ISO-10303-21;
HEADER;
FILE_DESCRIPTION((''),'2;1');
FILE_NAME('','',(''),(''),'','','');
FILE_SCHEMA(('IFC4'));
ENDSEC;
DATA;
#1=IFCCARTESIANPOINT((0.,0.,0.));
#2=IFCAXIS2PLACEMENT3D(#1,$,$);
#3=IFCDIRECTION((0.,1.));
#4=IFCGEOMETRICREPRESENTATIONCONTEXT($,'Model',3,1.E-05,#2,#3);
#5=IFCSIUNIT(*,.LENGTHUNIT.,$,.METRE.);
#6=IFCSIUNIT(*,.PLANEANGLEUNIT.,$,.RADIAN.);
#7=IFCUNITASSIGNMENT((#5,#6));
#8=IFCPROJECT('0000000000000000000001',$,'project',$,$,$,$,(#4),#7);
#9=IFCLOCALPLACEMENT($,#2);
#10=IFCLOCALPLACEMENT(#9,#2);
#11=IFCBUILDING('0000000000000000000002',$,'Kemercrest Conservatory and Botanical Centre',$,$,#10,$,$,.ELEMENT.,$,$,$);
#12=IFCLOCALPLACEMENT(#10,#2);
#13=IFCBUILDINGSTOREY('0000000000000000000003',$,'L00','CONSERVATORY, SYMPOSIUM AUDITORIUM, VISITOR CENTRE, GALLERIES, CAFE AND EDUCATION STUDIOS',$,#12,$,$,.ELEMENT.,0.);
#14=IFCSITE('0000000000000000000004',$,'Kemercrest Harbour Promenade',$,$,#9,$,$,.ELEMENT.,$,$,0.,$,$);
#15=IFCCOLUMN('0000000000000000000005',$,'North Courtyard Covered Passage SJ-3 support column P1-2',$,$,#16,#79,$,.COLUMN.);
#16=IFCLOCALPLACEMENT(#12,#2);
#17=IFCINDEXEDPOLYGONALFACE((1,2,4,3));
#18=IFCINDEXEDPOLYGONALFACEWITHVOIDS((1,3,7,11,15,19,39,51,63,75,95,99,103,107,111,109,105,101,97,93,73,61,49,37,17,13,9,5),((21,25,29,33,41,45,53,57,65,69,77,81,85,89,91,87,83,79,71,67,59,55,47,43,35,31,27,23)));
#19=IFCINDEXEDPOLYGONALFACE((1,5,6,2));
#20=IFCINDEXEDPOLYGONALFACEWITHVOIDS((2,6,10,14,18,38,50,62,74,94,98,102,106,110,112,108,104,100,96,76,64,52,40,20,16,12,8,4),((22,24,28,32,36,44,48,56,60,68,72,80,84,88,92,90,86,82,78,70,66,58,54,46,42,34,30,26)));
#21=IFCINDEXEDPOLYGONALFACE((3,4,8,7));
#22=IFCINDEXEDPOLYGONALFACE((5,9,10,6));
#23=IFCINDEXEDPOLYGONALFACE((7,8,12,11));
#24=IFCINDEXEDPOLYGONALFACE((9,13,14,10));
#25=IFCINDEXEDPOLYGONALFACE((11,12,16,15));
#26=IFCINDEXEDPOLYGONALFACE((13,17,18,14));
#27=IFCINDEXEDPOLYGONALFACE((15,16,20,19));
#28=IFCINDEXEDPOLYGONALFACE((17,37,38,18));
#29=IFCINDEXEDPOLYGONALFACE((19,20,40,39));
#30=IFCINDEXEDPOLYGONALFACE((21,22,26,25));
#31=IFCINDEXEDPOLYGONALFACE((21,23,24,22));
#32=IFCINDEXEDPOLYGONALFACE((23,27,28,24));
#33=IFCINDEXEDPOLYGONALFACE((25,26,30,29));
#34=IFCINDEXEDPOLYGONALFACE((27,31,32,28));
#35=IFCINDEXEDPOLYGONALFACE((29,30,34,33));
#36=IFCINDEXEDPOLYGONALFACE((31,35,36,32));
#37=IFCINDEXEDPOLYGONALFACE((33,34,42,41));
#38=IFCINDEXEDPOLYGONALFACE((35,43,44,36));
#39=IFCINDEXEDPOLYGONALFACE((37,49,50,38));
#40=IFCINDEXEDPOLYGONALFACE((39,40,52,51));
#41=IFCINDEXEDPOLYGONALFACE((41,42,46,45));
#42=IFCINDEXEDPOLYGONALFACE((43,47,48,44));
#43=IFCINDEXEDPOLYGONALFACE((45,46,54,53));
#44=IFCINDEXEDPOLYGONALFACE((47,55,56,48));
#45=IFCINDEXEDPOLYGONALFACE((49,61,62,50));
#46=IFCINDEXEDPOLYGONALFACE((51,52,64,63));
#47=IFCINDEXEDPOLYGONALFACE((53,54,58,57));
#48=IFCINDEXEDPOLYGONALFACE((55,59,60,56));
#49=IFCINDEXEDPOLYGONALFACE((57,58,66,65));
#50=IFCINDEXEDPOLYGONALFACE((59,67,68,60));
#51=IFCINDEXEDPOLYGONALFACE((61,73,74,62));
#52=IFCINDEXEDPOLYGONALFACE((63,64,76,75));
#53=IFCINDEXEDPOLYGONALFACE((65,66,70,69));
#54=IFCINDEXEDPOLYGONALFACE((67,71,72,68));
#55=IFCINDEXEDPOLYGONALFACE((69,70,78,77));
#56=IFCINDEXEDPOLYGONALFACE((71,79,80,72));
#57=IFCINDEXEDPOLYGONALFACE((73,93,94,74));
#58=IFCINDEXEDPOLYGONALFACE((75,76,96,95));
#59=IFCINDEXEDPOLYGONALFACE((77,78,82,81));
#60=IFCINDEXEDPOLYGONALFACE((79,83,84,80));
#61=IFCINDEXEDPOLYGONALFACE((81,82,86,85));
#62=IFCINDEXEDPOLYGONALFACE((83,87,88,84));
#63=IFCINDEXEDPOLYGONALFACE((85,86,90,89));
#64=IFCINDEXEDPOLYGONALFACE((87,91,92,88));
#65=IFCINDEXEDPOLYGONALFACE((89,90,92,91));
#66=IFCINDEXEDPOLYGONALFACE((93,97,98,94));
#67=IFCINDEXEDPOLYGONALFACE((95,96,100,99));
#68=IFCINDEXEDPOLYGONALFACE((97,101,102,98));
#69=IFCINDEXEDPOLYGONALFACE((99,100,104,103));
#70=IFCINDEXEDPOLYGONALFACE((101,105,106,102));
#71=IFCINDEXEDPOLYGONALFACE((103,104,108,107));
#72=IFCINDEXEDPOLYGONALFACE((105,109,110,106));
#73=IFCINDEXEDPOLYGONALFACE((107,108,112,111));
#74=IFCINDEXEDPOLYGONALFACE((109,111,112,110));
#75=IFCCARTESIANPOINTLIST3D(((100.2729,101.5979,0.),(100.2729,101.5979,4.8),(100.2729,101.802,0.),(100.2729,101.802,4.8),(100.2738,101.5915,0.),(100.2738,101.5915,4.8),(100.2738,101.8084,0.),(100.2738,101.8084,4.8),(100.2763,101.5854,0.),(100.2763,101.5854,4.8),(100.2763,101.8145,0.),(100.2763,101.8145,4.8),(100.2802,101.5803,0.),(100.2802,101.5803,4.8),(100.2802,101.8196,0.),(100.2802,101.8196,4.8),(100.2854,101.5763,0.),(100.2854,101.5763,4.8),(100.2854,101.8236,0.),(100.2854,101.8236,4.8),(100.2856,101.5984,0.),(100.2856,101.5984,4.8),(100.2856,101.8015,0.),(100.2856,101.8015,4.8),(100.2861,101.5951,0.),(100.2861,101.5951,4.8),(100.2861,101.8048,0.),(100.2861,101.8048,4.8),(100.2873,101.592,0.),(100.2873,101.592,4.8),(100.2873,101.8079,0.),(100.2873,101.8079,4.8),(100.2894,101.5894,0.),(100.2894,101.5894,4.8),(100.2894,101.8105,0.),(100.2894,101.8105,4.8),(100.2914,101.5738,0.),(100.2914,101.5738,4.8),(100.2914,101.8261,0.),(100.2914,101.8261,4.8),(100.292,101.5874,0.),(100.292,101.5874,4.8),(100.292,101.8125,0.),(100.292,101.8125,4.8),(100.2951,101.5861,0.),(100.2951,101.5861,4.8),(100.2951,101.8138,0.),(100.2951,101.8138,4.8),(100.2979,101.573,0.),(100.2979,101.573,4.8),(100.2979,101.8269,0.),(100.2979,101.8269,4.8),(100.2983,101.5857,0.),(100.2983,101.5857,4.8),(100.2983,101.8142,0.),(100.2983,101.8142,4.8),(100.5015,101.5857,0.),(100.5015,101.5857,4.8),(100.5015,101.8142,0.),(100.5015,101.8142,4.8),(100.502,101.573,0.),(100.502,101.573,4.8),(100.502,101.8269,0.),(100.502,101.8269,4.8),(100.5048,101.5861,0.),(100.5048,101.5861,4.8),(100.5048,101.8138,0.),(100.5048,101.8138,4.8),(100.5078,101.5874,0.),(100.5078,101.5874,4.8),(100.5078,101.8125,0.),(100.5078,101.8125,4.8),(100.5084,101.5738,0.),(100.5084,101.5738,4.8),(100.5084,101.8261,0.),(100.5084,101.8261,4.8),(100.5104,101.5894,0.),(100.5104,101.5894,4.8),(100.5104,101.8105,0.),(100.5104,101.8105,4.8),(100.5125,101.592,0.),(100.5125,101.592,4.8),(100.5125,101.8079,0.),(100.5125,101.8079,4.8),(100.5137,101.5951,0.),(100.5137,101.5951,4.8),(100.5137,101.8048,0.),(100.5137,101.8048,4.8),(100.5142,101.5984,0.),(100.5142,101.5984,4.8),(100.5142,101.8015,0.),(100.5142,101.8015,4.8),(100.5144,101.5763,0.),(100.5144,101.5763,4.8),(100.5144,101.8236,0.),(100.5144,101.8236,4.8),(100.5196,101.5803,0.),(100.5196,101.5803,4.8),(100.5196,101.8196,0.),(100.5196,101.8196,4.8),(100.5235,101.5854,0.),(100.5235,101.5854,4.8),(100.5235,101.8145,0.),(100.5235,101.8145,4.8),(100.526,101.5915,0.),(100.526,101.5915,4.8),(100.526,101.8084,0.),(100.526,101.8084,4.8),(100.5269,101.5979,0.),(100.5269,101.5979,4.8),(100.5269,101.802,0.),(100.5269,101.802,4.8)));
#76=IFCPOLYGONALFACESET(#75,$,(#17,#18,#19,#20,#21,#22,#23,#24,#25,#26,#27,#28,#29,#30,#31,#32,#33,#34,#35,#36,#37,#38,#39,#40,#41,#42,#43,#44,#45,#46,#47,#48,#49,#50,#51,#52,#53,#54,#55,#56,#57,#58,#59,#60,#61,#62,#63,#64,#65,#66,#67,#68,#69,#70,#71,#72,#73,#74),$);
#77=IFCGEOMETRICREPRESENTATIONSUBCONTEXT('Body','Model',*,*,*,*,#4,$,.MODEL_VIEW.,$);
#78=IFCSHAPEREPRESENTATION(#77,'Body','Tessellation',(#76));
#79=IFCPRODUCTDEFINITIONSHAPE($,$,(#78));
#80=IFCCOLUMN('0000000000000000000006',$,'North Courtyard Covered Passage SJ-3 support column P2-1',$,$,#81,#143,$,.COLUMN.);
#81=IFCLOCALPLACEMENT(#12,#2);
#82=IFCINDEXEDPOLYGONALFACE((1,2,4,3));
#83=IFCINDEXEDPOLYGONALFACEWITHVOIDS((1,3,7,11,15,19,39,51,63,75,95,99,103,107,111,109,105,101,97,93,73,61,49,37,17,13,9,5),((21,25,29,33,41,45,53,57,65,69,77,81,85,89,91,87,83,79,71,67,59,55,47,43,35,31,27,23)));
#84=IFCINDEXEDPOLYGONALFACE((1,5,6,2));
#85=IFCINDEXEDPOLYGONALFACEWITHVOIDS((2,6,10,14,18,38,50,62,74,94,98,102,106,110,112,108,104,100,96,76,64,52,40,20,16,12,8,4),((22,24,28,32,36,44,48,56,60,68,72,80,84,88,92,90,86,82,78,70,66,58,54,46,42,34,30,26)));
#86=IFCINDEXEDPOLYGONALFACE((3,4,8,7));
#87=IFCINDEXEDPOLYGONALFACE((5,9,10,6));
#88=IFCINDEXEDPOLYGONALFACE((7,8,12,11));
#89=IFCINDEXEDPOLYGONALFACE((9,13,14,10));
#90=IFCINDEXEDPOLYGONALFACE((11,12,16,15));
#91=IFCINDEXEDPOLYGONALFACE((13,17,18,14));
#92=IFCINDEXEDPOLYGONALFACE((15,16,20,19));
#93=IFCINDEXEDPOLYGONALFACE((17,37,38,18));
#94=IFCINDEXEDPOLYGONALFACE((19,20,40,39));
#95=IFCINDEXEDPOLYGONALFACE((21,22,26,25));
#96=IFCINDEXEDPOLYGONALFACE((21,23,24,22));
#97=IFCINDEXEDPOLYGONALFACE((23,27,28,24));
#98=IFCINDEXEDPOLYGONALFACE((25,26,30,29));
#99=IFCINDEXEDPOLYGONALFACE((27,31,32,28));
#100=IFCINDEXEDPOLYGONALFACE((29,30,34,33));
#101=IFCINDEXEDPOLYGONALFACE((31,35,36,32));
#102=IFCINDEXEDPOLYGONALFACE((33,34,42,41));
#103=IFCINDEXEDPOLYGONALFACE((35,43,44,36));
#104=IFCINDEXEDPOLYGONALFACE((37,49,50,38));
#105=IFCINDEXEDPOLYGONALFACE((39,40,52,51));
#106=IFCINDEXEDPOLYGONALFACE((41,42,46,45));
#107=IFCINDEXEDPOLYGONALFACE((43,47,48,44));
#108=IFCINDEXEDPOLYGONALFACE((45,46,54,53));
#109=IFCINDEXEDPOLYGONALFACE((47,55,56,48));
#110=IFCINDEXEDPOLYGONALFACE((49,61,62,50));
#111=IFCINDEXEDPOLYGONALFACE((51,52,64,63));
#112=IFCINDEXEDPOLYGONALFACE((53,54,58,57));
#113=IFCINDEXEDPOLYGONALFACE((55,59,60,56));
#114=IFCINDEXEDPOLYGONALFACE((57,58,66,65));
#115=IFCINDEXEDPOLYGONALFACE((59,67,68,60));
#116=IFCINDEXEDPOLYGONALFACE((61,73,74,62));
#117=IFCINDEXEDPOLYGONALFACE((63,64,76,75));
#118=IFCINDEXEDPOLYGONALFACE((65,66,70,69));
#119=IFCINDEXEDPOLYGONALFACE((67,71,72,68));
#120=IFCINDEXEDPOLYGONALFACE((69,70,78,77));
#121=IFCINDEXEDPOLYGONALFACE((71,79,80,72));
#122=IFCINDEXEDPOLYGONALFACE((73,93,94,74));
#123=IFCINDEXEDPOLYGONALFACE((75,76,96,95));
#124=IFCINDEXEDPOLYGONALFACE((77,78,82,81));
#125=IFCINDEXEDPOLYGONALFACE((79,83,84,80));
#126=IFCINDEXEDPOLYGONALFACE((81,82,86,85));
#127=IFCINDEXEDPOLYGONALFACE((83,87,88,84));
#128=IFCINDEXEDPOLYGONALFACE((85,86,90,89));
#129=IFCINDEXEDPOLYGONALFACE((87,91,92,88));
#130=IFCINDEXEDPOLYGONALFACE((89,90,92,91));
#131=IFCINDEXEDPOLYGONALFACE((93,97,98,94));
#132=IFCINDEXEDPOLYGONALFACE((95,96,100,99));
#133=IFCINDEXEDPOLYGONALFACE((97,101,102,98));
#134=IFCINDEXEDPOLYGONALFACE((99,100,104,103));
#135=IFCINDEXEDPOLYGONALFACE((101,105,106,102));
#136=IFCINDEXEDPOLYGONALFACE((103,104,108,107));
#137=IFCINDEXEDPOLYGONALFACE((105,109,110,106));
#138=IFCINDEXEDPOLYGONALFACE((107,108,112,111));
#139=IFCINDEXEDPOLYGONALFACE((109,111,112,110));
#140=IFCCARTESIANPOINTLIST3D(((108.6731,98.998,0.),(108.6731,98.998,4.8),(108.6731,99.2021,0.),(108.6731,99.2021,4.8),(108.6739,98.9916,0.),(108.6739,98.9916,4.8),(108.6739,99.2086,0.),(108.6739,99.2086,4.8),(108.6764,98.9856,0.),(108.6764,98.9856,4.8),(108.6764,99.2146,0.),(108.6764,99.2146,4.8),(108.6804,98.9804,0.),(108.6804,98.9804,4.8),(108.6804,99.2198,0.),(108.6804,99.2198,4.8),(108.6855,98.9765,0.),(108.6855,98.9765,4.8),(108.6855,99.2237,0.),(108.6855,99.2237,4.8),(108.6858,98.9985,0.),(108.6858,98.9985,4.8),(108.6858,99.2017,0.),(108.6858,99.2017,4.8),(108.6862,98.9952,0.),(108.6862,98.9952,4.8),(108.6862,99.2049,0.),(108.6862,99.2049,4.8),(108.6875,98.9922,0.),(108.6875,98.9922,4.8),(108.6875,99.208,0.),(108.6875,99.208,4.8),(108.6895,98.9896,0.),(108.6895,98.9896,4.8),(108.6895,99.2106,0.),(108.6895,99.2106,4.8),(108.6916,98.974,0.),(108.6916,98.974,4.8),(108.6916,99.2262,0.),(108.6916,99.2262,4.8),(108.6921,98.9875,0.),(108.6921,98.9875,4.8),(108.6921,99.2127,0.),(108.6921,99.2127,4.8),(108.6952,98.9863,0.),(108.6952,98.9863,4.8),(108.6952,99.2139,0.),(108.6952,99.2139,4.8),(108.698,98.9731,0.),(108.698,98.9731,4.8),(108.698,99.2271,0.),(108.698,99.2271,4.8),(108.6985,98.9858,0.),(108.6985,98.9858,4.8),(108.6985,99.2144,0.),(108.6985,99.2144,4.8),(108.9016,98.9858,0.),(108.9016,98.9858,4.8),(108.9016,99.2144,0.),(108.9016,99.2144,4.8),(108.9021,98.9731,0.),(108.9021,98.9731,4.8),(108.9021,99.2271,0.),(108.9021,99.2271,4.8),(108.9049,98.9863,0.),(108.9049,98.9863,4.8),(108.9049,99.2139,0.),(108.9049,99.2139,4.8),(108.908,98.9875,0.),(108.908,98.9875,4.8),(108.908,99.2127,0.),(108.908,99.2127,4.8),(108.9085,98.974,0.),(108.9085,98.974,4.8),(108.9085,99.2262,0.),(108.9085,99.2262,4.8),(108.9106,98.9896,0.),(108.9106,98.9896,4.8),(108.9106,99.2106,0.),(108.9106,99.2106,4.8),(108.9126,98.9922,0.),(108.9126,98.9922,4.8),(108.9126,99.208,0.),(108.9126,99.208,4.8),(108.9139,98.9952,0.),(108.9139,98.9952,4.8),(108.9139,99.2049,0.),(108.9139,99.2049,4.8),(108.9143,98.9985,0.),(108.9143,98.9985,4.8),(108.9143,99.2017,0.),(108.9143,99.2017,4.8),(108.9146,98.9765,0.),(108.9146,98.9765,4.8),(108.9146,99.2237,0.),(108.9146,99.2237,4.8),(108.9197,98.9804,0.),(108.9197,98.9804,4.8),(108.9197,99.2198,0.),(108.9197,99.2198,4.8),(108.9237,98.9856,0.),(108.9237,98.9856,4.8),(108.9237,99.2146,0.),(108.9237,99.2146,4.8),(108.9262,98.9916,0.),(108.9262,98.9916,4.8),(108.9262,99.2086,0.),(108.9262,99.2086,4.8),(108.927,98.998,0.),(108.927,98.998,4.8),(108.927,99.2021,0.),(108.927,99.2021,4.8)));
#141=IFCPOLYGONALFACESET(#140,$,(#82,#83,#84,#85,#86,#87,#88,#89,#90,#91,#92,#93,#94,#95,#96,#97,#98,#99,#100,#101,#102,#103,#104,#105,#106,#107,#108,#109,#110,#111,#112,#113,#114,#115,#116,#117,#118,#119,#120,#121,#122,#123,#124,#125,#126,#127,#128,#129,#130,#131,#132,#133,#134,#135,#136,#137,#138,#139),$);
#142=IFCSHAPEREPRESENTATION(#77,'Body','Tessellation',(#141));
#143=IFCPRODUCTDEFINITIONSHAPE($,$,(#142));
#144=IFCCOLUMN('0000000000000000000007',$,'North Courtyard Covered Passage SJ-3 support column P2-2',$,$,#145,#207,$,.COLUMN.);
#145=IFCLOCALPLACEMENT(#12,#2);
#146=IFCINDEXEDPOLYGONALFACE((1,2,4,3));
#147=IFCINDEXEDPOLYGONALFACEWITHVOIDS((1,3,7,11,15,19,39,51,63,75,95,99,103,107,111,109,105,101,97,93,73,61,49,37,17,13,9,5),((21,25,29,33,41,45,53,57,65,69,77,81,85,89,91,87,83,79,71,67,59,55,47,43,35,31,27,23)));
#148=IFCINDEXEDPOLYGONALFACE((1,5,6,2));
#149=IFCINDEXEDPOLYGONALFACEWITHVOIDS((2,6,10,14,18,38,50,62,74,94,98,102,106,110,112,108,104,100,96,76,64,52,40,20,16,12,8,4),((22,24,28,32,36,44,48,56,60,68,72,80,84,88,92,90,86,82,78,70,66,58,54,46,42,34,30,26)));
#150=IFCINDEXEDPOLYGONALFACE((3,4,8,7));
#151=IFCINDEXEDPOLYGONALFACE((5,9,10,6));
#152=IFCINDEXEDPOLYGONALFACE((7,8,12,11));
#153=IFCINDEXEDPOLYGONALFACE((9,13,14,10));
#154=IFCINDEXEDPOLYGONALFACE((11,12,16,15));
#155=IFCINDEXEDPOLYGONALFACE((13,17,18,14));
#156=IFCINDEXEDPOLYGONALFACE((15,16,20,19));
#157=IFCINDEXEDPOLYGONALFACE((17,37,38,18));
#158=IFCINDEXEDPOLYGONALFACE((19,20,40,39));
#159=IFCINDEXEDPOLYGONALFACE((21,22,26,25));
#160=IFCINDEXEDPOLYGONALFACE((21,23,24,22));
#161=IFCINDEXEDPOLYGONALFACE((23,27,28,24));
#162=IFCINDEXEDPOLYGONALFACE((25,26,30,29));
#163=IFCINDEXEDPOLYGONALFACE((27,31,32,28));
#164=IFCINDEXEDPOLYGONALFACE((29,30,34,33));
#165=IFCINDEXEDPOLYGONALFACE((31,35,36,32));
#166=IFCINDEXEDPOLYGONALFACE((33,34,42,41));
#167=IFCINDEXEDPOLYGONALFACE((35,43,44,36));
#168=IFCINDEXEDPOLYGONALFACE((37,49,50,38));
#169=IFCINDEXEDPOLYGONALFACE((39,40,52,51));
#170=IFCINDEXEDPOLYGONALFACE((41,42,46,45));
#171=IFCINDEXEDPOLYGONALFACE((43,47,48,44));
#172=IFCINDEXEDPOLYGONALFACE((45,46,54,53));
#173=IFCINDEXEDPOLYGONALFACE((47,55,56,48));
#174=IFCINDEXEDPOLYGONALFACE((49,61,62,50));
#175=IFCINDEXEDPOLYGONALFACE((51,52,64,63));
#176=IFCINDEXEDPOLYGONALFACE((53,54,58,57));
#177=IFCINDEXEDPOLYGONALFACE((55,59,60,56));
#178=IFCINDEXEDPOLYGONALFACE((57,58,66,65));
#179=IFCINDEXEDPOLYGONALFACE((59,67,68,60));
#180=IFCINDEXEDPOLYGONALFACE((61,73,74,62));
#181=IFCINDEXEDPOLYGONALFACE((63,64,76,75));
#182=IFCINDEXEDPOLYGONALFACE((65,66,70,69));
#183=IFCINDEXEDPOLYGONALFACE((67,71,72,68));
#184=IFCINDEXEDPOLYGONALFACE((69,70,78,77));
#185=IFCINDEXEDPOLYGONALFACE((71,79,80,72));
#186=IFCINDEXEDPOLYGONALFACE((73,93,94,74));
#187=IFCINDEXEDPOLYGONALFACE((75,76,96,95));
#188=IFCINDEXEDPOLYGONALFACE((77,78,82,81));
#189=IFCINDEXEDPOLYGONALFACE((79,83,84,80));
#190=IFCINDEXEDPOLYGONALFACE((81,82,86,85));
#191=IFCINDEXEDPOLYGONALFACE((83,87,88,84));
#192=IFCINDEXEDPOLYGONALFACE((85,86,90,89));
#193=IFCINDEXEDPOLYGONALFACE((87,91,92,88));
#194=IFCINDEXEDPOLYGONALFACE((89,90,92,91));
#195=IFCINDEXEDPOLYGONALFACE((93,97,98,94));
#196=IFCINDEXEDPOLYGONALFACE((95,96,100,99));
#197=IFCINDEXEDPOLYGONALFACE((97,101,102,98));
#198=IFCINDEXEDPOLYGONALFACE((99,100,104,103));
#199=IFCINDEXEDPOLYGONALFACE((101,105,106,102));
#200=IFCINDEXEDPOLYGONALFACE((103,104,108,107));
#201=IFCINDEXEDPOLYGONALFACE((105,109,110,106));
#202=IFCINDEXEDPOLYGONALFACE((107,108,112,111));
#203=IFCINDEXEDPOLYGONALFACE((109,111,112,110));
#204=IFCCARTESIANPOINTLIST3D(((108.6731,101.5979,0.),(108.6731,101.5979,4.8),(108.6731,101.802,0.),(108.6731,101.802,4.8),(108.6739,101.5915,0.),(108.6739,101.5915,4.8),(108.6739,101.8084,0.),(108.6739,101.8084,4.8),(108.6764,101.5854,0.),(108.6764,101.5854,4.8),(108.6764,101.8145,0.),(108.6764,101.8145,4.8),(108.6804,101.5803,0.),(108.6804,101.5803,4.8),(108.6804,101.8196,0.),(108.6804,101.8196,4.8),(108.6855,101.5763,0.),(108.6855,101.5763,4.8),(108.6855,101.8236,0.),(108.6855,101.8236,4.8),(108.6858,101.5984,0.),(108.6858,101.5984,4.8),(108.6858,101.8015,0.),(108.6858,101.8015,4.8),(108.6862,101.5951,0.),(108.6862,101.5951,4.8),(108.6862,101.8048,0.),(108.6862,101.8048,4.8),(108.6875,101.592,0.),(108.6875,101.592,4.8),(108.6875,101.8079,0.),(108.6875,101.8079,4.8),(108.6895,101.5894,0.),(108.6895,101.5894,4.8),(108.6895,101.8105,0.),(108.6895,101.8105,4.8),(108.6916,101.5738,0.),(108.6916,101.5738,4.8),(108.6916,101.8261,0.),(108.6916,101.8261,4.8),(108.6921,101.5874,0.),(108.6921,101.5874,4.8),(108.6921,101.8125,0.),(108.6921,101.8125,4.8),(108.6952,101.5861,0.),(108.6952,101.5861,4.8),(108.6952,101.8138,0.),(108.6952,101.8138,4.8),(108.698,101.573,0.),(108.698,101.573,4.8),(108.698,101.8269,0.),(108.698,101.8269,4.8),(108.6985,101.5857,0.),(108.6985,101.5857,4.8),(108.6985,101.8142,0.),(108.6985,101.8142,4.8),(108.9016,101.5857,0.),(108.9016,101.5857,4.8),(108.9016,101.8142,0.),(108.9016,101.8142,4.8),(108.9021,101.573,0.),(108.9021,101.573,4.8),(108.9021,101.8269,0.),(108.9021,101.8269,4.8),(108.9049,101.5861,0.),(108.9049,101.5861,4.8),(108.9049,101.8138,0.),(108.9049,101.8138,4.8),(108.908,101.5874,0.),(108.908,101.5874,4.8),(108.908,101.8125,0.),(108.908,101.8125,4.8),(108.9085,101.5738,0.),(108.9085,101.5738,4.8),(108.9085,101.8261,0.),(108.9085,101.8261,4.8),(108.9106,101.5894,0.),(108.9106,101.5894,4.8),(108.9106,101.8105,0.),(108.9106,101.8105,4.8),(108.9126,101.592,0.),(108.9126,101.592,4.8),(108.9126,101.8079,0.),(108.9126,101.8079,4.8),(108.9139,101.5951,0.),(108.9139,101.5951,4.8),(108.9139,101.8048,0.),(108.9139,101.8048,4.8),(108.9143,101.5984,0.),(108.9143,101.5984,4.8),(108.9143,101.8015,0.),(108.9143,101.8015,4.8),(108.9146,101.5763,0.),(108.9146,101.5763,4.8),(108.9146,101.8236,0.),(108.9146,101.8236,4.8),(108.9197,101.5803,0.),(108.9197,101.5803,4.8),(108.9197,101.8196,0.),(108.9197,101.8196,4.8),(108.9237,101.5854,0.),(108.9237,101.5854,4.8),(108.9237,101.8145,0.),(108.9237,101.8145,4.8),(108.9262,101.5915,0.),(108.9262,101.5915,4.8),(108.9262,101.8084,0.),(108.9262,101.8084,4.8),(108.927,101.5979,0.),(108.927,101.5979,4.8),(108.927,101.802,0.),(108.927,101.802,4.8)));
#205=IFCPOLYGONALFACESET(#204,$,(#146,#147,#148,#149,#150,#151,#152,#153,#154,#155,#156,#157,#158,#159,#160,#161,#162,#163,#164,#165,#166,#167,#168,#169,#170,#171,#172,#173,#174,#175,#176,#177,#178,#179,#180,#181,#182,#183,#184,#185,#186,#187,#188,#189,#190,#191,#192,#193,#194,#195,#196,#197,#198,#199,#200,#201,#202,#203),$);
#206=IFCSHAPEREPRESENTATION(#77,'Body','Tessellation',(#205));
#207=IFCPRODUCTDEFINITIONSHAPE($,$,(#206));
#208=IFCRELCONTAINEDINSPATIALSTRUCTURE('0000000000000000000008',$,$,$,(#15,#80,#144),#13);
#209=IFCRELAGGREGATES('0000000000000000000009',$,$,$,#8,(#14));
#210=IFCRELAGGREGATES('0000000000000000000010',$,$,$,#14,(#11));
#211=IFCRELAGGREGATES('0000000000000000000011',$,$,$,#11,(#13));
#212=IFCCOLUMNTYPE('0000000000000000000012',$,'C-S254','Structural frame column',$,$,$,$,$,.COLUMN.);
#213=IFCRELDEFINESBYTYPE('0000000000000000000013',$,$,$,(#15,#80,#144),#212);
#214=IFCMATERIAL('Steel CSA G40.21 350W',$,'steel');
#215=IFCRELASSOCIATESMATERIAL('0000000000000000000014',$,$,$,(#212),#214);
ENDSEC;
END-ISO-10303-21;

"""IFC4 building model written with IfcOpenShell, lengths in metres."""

from ifc_helpers import new_model, si_unit, direction, frame, origin, origin_2d, place, context, subcontext, project, spatial, hollow_rectangle, extrude, material, material_profile, profile_set, type_object, element, save


model = new_model("IFC4")

# Units and contexts
model_context = context("Model", 3, precision=1e-05, world=origin(), true_north=direction((0.0, 1.0)))
body_context = subcontext(model_context, "Body", "Model", "MODEL_VIEW")
ifc_project = project(units=[si_unit("LENGTHUNIT", "METRE"), si_unit("PLANEANGLEUNIT", "RADIAN")], contexts=[model_context])

# Site, building, storey
site_placement = place(None, origin())
site = spatial("IfcSite", under=ifc_project, at=site_placement, Name="Kemercrest Harbour Promenade", CompositionType="ELEMENT", RefElevation=0.0)
building_placement = place(site_placement, origin())
building = spatial("IfcBuilding", under=site, at=building_placement, Name="Kemercrest Conservatory and Botanical Centre", CompositionType="ELEMENT")
storey_placement = place(building_placement, origin())
storey = spatial("IfcBuildingStorey", under=building, at=storey_placement, Name="L00", Description="CONSERVATORY, SYMPOSIUM AUDITORIUM, VISITOR CENTRE, GALLERIES, CAFE AND EDUCATION STUDIOS", CompositionType="ELEMENT", Elevation=0.0)

# Columns
ifc_material_1 = material(Name="Steel CSA G40.21 350W", Category="steel")
ifc_material_profile_1 = material_profile(ifc_material_1, hollow_rectangle(XDim=0.2539, YDim=0.2539, WallThickness=0.0127, InnerFilletRadius=0.0127, OuterFilletRadius=0.0249, at=origin_2d()), Name="HSS 254x254x12.7")
ifc_profile_set_1 = profile_set([ifc_material_profile_1], Name="Steel CSA G40.21 350W")
column_type = type_object("IfcColumnType", Name="C-S254", Description="Structural frame column", PredefinedType="COLUMN", material=ifc_profile_set_1)
for number, where, z_axis, x_axis, name in (
    (1, (100.3999, 101.7, 0.0), (0.0, 0.0, 1.0), (1.0, 0.0, 0.0), "North Courtyard Covered Passage SJ-3 support column P1-2"),
    (2, (108.8, 99.1001, 0.0), (0.0, 0.0, 1.0), (1.0, 0.0, 0.0), "North Courtyard Covered Passage SJ-3 support column P2-1"),
    (3, (108.8, 101.7, 0.0), (0.0, 0.0, 1.0), (1.0, 0.0, 0.0), "North Courtyard Covered Passage SJ-3 support column P2-2"),
):
    element("IfcColumn", number, at=place(storey_placement, frame(where, z_axis=z_axis, x_axis=x_axis)), inside=storey, type_object=column_type, Name=name, PredefinedType="COLUMN", context=body_context, shape_type="SweptSolid", body=[
        extrude(hollow_rectangle(XDim=0.2539, YDim=0.2539, WallThickness=0.0127, InnerFilletRadius=0.0127, OuterFilletRadius=0.0249, at=origin_2d()), origin(), (0.0, 0.0, 1.0), 4.8),
    ])

save(model, "model.ifc")
